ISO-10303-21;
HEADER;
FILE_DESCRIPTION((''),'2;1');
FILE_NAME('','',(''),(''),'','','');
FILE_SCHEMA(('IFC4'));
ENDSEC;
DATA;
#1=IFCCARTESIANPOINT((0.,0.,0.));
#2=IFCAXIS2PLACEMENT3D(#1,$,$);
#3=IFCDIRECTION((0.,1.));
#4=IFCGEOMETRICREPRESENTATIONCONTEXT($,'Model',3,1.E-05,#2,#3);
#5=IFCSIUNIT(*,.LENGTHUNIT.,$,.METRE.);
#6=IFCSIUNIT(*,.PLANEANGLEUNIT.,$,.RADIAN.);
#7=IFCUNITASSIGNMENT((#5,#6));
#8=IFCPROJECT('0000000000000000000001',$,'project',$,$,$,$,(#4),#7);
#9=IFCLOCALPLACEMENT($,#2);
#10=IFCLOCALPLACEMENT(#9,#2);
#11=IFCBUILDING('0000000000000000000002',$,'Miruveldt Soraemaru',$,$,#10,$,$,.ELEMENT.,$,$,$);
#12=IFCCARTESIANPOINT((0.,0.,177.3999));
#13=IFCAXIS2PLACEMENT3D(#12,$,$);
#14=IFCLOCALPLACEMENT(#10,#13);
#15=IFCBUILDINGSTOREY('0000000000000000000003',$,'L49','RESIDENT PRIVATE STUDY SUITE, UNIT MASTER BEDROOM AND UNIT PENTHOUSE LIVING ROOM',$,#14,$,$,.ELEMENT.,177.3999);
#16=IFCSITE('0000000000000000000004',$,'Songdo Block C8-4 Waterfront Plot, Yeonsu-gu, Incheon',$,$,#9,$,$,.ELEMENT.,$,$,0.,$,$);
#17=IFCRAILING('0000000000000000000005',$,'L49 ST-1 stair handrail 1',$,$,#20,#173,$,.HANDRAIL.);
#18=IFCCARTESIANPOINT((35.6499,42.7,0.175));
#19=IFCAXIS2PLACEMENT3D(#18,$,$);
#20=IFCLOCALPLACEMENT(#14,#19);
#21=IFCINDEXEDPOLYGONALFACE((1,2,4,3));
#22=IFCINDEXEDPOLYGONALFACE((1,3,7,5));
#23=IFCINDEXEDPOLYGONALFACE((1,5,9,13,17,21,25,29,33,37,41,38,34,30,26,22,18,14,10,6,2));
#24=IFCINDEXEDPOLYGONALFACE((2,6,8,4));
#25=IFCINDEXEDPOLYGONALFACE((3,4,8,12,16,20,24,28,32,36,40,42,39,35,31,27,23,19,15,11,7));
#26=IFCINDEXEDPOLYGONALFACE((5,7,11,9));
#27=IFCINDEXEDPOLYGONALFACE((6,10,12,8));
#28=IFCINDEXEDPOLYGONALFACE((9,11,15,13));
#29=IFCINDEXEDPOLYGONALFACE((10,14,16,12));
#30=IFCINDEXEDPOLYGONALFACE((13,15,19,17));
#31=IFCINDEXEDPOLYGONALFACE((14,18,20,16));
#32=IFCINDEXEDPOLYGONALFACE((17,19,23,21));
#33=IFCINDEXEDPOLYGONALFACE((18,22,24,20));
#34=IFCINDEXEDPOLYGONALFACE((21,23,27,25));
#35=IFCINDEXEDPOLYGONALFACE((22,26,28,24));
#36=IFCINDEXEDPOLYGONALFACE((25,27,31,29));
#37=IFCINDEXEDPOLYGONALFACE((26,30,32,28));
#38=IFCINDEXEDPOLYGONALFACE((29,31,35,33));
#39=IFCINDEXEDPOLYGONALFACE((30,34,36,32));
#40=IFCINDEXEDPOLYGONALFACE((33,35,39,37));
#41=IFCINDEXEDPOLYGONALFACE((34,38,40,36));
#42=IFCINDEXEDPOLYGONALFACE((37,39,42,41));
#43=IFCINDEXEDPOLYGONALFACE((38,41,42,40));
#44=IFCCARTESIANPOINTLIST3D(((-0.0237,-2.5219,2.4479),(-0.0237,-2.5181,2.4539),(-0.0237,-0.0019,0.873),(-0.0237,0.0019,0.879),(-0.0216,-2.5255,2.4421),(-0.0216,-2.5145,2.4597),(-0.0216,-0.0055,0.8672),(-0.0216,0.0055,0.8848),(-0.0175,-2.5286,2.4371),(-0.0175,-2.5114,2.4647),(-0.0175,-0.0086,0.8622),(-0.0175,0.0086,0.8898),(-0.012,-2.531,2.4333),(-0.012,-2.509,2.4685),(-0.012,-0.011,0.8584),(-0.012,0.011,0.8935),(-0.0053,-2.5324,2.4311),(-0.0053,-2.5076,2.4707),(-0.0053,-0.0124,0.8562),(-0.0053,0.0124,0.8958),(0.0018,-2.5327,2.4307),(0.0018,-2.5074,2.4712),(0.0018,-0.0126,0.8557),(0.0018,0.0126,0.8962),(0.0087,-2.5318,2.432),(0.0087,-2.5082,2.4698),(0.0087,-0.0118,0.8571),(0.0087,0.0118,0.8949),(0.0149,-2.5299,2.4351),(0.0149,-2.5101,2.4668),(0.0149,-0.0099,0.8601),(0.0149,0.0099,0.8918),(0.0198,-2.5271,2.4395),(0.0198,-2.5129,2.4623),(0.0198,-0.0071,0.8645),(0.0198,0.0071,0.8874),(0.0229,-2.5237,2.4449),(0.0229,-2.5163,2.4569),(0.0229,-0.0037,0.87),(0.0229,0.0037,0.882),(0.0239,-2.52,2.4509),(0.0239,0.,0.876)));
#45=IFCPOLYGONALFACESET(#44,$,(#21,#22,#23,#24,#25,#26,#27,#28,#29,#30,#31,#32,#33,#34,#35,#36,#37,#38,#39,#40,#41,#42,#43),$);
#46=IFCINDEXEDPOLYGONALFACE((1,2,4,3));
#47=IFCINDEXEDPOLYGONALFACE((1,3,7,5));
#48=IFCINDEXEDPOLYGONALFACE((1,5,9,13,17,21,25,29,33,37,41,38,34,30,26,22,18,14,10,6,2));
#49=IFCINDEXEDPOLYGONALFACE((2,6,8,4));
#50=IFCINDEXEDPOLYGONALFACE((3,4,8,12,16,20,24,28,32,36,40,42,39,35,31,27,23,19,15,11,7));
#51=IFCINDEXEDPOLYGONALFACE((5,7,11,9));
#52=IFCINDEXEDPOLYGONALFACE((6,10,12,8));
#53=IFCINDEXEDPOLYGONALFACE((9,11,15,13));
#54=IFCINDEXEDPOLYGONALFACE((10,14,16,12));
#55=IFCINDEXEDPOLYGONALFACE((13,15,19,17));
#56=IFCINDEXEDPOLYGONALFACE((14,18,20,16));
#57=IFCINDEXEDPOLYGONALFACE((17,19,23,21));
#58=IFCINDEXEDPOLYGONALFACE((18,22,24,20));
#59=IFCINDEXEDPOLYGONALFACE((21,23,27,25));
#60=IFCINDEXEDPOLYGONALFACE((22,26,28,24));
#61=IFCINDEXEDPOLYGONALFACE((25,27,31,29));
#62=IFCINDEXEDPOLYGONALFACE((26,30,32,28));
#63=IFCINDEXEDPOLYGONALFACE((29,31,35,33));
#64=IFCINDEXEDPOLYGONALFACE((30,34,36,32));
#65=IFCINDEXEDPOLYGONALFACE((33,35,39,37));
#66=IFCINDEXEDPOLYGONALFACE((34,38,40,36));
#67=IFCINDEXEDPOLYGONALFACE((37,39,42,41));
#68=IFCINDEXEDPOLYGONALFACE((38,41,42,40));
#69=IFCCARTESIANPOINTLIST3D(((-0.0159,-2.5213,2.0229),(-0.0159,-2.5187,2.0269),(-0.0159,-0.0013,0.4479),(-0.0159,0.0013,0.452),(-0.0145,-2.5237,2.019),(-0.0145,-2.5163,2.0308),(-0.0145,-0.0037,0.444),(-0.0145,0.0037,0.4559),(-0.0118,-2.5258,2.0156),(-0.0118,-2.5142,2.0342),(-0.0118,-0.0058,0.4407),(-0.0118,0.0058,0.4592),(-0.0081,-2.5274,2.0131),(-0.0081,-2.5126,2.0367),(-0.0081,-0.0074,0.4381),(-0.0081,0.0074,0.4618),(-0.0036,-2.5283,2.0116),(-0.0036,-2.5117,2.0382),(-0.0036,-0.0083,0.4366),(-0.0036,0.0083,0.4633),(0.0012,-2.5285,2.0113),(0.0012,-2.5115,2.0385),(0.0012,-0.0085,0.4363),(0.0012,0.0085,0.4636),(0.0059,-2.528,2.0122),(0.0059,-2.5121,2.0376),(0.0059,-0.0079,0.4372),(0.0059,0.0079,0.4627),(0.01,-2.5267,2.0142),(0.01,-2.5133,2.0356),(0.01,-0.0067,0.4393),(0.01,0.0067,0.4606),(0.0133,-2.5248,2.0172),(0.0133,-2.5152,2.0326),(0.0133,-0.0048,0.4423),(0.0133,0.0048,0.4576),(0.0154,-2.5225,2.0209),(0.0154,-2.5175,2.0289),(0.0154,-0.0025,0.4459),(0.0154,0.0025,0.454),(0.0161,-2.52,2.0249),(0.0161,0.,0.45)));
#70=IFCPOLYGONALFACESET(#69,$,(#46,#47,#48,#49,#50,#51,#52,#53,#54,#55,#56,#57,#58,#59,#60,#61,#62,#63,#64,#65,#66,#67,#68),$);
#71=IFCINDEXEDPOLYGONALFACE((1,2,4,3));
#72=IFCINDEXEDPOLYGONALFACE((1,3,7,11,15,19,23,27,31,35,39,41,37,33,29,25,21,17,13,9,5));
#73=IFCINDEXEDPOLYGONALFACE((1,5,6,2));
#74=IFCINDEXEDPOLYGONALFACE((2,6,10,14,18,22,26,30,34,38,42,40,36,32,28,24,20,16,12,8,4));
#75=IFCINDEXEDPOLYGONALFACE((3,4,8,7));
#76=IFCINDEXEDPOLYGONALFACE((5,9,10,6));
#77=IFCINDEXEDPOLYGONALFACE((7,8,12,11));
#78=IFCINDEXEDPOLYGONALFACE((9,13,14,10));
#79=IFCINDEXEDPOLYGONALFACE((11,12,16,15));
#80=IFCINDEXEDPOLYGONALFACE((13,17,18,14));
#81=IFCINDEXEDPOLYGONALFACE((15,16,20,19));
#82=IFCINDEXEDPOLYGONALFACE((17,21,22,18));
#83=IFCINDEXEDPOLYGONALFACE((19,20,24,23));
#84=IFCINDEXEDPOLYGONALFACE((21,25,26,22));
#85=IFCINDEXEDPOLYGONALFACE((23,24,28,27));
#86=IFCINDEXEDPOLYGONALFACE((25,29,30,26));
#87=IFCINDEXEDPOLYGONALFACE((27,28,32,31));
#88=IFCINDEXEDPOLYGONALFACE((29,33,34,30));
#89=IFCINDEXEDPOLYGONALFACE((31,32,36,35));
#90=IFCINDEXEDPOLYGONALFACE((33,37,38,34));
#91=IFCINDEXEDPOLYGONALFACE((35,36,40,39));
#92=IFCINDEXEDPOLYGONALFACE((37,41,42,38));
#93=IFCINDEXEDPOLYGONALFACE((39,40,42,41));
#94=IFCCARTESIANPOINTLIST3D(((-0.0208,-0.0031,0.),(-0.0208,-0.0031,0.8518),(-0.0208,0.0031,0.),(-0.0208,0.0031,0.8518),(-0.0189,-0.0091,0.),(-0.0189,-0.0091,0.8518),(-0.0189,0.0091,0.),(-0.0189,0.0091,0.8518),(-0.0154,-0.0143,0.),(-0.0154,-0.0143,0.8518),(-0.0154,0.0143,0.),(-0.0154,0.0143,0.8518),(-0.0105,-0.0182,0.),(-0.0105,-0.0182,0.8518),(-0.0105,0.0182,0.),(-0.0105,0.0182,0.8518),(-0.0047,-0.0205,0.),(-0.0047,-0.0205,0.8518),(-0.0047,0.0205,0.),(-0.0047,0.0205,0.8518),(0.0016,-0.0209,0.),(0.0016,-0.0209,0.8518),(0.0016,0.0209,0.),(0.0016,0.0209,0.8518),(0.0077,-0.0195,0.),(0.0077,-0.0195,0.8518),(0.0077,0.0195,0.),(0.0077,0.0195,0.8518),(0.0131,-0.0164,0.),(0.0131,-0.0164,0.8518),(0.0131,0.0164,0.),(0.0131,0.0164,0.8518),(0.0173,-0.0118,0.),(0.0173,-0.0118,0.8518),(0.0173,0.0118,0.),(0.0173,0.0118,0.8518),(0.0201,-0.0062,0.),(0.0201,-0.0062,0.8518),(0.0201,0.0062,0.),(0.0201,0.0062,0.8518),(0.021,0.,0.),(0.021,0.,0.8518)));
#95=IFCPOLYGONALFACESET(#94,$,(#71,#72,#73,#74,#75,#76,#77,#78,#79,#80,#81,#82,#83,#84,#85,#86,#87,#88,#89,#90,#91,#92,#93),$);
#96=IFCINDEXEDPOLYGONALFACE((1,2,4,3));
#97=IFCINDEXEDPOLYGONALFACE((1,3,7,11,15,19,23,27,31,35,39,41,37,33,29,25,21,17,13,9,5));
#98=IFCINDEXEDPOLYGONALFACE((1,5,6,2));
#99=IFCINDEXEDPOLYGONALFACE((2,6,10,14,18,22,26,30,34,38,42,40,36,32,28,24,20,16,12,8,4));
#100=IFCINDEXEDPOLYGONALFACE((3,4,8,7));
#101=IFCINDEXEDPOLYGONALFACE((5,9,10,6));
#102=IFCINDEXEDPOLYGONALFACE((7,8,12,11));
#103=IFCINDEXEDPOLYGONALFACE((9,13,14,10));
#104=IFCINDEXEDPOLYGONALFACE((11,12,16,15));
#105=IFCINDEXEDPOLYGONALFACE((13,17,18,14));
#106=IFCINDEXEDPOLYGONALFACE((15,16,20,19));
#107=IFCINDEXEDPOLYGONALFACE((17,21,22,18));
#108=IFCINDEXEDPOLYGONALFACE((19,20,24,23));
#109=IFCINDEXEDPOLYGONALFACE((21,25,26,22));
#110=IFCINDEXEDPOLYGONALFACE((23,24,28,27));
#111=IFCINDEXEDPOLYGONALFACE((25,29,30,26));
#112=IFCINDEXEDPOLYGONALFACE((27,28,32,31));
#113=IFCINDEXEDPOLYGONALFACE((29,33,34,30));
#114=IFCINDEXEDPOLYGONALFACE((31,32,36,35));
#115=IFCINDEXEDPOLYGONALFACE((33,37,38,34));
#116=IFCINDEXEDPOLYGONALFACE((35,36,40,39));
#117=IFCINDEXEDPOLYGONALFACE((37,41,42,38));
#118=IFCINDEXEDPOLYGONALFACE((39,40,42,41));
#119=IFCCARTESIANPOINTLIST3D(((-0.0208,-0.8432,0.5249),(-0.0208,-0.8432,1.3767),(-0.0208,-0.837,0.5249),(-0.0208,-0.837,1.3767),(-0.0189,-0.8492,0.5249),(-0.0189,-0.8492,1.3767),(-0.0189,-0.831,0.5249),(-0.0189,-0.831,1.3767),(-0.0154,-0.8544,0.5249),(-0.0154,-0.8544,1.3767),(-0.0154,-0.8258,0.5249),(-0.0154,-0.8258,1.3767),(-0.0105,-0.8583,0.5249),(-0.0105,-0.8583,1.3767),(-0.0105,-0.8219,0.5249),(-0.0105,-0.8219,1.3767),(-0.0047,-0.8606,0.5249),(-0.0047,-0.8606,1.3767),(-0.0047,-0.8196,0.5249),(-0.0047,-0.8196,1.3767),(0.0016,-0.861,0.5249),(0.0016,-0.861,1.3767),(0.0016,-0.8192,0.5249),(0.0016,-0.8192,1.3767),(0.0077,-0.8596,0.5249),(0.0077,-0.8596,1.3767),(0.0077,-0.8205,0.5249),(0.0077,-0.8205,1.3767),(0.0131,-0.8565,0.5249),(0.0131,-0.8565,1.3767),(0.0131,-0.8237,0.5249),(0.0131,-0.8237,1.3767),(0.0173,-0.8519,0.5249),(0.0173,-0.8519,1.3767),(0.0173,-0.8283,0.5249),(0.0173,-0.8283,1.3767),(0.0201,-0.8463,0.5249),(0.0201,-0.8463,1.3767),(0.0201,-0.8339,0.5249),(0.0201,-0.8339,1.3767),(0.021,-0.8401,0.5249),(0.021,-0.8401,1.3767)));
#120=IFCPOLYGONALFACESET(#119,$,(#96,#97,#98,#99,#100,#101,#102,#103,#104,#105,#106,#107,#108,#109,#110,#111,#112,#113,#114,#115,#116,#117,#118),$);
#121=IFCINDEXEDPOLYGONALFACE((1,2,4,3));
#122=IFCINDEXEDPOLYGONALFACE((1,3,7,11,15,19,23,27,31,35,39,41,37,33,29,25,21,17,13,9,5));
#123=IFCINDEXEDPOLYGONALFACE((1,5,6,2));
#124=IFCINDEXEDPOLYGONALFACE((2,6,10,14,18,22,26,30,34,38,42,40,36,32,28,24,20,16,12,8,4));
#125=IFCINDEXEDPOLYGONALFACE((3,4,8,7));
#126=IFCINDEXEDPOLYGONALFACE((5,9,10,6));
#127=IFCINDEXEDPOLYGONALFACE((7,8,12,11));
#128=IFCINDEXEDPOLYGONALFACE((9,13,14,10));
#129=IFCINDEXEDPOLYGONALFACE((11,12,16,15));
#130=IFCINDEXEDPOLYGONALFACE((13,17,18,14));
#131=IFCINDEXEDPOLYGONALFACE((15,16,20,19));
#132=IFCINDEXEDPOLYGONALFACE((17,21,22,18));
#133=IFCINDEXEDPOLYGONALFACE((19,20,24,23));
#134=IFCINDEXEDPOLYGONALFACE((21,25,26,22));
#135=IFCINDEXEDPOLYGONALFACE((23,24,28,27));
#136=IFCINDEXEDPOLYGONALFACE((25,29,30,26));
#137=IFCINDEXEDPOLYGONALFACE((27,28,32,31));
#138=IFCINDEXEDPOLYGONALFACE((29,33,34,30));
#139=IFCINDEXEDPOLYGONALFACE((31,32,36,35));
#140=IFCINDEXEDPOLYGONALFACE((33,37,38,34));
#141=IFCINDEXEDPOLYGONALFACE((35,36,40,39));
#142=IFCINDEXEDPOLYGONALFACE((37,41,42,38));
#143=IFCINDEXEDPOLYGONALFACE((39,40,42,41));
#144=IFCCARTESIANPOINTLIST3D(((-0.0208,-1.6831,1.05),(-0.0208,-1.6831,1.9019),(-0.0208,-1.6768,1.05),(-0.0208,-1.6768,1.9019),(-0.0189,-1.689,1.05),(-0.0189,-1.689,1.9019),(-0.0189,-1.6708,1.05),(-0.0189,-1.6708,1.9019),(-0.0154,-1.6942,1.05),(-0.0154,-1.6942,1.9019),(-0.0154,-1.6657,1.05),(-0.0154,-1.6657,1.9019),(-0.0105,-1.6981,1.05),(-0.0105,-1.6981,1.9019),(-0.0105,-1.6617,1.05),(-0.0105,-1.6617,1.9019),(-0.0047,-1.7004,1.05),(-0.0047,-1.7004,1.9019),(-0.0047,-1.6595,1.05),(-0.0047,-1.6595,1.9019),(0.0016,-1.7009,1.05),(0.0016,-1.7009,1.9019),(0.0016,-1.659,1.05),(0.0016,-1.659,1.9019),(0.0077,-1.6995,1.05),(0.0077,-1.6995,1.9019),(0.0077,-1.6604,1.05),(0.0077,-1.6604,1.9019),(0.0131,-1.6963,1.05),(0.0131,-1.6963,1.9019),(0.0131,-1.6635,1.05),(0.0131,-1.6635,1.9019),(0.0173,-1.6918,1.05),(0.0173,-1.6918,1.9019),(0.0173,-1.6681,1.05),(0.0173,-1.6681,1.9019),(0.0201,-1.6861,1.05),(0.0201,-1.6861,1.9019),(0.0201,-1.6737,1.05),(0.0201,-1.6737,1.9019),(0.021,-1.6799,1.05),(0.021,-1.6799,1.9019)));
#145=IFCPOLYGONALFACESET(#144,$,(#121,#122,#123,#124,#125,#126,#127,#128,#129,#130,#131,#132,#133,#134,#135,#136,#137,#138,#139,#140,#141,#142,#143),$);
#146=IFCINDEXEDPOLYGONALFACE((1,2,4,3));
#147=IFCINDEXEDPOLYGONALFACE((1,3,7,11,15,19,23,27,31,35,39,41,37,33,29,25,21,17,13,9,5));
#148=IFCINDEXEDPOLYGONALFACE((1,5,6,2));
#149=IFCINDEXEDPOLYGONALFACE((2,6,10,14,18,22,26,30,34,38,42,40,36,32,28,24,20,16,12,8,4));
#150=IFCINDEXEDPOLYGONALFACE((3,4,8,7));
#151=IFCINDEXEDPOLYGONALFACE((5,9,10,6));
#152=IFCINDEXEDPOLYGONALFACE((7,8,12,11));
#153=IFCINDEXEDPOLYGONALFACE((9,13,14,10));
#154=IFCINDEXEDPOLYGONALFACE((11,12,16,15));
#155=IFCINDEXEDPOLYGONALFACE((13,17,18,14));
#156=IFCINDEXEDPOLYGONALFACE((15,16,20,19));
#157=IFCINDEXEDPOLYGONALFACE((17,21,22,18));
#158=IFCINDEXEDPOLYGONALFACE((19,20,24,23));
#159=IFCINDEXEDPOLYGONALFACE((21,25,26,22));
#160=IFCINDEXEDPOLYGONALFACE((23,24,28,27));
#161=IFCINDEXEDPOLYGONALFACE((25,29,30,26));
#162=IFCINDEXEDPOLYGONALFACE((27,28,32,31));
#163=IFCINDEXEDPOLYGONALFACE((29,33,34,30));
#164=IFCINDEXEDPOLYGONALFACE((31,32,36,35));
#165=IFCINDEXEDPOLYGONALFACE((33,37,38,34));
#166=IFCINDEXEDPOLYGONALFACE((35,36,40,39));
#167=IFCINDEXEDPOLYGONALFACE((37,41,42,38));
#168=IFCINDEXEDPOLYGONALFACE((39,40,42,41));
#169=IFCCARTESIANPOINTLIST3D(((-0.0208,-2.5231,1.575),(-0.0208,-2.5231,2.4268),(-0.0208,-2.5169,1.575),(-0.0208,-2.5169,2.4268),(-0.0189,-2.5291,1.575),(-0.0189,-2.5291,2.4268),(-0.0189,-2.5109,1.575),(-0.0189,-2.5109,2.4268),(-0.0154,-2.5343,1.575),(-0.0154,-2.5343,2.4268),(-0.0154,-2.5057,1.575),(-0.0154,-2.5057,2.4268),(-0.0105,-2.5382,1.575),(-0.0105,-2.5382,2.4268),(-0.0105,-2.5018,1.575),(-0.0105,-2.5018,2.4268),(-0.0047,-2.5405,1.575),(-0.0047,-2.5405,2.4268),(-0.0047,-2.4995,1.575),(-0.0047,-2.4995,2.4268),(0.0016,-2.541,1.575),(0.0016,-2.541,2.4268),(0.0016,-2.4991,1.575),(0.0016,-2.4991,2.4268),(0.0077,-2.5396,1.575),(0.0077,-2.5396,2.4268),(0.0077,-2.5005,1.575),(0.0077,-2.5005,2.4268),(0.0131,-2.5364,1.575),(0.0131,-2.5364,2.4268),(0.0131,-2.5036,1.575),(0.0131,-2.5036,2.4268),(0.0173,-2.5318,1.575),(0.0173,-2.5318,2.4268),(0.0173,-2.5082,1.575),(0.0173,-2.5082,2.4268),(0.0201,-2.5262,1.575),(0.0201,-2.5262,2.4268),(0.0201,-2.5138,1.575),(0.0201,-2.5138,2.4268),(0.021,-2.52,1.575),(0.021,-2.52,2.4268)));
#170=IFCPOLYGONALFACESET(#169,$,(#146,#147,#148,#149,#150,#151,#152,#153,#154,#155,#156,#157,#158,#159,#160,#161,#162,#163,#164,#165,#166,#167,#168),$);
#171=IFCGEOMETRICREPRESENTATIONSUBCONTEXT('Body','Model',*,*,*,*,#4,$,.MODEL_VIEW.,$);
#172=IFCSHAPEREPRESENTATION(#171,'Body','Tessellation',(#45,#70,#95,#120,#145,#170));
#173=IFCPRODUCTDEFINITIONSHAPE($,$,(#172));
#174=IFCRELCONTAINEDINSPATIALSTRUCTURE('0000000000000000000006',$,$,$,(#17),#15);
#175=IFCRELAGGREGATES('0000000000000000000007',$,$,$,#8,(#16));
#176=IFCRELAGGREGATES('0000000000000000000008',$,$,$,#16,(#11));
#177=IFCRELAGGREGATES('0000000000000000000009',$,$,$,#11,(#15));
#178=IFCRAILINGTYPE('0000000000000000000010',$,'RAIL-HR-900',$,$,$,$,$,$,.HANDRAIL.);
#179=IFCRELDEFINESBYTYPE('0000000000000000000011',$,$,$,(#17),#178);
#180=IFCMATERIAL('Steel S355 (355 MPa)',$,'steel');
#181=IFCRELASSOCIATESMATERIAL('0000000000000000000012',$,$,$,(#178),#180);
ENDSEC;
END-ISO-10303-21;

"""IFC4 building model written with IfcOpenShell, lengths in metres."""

from ifc_helpers import new_model, si_unit, direction, frame, origin, origin_2d, place, context, subcontext, project, spatial, circle, extrude, material, type_object, element, save


model = new_model("IFC4")

# Units and contexts
model_context = context("Model", 3, precision=1e-05, world=origin(), true_north=direction((0.0, 1.0)))
body_context = subcontext(model_context, "Body", "Model", "MODEL_VIEW")
ifc_project = project(units=[si_unit("LENGTHUNIT", "METRE"), si_unit("PLANEANGLEUNIT", "RADIAN")], contexts=[model_context])

# Site, building, storey
site_placement = place(None, origin())
site = spatial("IfcSite", under=ifc_project, at=site_placement, Name="Songdo Block C8-4 Waterfront Plot, Yeonsu-gu, Incheon", CompositionType="ELEMENT", RefElevation=0.0)
building_placement = place(site_placement, origin())
building = spatial("IfcBuilding", under=site, at=building_placement, Name="Miruveldt Soraemaru", CompositionType="ELEMENT")
storey_placement = place(building_placement, frame((0.0, 0.0, 177.3999)))
storey = spatial("IfcBuildingStorey", under=building, at=storey_placement, Name="L49", Description="RESIDENT PRIVATE STUDY SUITE, UNIT MASTER BEDROOM AND UNIT PENTHOUSE LIVING ROOM", CompositionType="ELEMENT", Elevation=177.3999)

# Railing
ifc_material_1 = material(Name="Steel S355 (355 MPa)", Category="steel")
railing_type = type_object("IfcRailingType", Name="RAIL-HR-900", PredefinedType="HANDRAIL", material=ifc_material_1)
railing_placement = place(storey_placement, frame((35.6499, 42.7, 0.175)))
element("IfcRailing", 1, at=railing_placement, inside=storey, type_object=railing_type, Name="L49 ST-1 stair handrail 1", PredefinedType="HANDRAIL", context=body_context, shape_type="SweptSolid", body=[
    extrude(circle(Radius=0.0239, at=origin_2d()), frame((0.0, 0.0, 0.876), z_axis=(0.0, -0.848008, 0.529984), x_axis=(1.0, 0.0, 0.0)), (0.0, 0.0, 1.0), 2.9717),
    extrude(circle(Radius=0.0161, at=origin_2d()), frame((0.0, 0.0, 0.45), z_axis=(0.0, -0.848008, 0.529984), x_axis=(1.0, 0.0, 0.0)), (0.0, 0.0, 1.0), 2.9717),
    extrude(circle(Radius=0.021, at=origin_2d()), origin(), (0.0, 0.0, 1.0), 0.8518),
    extrude(circle(Radius=0.021, at=origin_2d()), frame((0.0, -0.8401, 0.5249)), (0.0, 0.0, 1.0), 0.8518),
    extrude(circle(Radius=0.021, at=origin_2d()), frame((0.0, -1.6799, 1.05)), (0.0, 0.0, 1.0), 0.8518),
    extrude(circle(Radius=0.021, at=origin_2d()), frame((0.0, -2.52, 1.575)), (0.0, 0.0, 1.0), 0.8518),
])

save(model, "model.ifc")
